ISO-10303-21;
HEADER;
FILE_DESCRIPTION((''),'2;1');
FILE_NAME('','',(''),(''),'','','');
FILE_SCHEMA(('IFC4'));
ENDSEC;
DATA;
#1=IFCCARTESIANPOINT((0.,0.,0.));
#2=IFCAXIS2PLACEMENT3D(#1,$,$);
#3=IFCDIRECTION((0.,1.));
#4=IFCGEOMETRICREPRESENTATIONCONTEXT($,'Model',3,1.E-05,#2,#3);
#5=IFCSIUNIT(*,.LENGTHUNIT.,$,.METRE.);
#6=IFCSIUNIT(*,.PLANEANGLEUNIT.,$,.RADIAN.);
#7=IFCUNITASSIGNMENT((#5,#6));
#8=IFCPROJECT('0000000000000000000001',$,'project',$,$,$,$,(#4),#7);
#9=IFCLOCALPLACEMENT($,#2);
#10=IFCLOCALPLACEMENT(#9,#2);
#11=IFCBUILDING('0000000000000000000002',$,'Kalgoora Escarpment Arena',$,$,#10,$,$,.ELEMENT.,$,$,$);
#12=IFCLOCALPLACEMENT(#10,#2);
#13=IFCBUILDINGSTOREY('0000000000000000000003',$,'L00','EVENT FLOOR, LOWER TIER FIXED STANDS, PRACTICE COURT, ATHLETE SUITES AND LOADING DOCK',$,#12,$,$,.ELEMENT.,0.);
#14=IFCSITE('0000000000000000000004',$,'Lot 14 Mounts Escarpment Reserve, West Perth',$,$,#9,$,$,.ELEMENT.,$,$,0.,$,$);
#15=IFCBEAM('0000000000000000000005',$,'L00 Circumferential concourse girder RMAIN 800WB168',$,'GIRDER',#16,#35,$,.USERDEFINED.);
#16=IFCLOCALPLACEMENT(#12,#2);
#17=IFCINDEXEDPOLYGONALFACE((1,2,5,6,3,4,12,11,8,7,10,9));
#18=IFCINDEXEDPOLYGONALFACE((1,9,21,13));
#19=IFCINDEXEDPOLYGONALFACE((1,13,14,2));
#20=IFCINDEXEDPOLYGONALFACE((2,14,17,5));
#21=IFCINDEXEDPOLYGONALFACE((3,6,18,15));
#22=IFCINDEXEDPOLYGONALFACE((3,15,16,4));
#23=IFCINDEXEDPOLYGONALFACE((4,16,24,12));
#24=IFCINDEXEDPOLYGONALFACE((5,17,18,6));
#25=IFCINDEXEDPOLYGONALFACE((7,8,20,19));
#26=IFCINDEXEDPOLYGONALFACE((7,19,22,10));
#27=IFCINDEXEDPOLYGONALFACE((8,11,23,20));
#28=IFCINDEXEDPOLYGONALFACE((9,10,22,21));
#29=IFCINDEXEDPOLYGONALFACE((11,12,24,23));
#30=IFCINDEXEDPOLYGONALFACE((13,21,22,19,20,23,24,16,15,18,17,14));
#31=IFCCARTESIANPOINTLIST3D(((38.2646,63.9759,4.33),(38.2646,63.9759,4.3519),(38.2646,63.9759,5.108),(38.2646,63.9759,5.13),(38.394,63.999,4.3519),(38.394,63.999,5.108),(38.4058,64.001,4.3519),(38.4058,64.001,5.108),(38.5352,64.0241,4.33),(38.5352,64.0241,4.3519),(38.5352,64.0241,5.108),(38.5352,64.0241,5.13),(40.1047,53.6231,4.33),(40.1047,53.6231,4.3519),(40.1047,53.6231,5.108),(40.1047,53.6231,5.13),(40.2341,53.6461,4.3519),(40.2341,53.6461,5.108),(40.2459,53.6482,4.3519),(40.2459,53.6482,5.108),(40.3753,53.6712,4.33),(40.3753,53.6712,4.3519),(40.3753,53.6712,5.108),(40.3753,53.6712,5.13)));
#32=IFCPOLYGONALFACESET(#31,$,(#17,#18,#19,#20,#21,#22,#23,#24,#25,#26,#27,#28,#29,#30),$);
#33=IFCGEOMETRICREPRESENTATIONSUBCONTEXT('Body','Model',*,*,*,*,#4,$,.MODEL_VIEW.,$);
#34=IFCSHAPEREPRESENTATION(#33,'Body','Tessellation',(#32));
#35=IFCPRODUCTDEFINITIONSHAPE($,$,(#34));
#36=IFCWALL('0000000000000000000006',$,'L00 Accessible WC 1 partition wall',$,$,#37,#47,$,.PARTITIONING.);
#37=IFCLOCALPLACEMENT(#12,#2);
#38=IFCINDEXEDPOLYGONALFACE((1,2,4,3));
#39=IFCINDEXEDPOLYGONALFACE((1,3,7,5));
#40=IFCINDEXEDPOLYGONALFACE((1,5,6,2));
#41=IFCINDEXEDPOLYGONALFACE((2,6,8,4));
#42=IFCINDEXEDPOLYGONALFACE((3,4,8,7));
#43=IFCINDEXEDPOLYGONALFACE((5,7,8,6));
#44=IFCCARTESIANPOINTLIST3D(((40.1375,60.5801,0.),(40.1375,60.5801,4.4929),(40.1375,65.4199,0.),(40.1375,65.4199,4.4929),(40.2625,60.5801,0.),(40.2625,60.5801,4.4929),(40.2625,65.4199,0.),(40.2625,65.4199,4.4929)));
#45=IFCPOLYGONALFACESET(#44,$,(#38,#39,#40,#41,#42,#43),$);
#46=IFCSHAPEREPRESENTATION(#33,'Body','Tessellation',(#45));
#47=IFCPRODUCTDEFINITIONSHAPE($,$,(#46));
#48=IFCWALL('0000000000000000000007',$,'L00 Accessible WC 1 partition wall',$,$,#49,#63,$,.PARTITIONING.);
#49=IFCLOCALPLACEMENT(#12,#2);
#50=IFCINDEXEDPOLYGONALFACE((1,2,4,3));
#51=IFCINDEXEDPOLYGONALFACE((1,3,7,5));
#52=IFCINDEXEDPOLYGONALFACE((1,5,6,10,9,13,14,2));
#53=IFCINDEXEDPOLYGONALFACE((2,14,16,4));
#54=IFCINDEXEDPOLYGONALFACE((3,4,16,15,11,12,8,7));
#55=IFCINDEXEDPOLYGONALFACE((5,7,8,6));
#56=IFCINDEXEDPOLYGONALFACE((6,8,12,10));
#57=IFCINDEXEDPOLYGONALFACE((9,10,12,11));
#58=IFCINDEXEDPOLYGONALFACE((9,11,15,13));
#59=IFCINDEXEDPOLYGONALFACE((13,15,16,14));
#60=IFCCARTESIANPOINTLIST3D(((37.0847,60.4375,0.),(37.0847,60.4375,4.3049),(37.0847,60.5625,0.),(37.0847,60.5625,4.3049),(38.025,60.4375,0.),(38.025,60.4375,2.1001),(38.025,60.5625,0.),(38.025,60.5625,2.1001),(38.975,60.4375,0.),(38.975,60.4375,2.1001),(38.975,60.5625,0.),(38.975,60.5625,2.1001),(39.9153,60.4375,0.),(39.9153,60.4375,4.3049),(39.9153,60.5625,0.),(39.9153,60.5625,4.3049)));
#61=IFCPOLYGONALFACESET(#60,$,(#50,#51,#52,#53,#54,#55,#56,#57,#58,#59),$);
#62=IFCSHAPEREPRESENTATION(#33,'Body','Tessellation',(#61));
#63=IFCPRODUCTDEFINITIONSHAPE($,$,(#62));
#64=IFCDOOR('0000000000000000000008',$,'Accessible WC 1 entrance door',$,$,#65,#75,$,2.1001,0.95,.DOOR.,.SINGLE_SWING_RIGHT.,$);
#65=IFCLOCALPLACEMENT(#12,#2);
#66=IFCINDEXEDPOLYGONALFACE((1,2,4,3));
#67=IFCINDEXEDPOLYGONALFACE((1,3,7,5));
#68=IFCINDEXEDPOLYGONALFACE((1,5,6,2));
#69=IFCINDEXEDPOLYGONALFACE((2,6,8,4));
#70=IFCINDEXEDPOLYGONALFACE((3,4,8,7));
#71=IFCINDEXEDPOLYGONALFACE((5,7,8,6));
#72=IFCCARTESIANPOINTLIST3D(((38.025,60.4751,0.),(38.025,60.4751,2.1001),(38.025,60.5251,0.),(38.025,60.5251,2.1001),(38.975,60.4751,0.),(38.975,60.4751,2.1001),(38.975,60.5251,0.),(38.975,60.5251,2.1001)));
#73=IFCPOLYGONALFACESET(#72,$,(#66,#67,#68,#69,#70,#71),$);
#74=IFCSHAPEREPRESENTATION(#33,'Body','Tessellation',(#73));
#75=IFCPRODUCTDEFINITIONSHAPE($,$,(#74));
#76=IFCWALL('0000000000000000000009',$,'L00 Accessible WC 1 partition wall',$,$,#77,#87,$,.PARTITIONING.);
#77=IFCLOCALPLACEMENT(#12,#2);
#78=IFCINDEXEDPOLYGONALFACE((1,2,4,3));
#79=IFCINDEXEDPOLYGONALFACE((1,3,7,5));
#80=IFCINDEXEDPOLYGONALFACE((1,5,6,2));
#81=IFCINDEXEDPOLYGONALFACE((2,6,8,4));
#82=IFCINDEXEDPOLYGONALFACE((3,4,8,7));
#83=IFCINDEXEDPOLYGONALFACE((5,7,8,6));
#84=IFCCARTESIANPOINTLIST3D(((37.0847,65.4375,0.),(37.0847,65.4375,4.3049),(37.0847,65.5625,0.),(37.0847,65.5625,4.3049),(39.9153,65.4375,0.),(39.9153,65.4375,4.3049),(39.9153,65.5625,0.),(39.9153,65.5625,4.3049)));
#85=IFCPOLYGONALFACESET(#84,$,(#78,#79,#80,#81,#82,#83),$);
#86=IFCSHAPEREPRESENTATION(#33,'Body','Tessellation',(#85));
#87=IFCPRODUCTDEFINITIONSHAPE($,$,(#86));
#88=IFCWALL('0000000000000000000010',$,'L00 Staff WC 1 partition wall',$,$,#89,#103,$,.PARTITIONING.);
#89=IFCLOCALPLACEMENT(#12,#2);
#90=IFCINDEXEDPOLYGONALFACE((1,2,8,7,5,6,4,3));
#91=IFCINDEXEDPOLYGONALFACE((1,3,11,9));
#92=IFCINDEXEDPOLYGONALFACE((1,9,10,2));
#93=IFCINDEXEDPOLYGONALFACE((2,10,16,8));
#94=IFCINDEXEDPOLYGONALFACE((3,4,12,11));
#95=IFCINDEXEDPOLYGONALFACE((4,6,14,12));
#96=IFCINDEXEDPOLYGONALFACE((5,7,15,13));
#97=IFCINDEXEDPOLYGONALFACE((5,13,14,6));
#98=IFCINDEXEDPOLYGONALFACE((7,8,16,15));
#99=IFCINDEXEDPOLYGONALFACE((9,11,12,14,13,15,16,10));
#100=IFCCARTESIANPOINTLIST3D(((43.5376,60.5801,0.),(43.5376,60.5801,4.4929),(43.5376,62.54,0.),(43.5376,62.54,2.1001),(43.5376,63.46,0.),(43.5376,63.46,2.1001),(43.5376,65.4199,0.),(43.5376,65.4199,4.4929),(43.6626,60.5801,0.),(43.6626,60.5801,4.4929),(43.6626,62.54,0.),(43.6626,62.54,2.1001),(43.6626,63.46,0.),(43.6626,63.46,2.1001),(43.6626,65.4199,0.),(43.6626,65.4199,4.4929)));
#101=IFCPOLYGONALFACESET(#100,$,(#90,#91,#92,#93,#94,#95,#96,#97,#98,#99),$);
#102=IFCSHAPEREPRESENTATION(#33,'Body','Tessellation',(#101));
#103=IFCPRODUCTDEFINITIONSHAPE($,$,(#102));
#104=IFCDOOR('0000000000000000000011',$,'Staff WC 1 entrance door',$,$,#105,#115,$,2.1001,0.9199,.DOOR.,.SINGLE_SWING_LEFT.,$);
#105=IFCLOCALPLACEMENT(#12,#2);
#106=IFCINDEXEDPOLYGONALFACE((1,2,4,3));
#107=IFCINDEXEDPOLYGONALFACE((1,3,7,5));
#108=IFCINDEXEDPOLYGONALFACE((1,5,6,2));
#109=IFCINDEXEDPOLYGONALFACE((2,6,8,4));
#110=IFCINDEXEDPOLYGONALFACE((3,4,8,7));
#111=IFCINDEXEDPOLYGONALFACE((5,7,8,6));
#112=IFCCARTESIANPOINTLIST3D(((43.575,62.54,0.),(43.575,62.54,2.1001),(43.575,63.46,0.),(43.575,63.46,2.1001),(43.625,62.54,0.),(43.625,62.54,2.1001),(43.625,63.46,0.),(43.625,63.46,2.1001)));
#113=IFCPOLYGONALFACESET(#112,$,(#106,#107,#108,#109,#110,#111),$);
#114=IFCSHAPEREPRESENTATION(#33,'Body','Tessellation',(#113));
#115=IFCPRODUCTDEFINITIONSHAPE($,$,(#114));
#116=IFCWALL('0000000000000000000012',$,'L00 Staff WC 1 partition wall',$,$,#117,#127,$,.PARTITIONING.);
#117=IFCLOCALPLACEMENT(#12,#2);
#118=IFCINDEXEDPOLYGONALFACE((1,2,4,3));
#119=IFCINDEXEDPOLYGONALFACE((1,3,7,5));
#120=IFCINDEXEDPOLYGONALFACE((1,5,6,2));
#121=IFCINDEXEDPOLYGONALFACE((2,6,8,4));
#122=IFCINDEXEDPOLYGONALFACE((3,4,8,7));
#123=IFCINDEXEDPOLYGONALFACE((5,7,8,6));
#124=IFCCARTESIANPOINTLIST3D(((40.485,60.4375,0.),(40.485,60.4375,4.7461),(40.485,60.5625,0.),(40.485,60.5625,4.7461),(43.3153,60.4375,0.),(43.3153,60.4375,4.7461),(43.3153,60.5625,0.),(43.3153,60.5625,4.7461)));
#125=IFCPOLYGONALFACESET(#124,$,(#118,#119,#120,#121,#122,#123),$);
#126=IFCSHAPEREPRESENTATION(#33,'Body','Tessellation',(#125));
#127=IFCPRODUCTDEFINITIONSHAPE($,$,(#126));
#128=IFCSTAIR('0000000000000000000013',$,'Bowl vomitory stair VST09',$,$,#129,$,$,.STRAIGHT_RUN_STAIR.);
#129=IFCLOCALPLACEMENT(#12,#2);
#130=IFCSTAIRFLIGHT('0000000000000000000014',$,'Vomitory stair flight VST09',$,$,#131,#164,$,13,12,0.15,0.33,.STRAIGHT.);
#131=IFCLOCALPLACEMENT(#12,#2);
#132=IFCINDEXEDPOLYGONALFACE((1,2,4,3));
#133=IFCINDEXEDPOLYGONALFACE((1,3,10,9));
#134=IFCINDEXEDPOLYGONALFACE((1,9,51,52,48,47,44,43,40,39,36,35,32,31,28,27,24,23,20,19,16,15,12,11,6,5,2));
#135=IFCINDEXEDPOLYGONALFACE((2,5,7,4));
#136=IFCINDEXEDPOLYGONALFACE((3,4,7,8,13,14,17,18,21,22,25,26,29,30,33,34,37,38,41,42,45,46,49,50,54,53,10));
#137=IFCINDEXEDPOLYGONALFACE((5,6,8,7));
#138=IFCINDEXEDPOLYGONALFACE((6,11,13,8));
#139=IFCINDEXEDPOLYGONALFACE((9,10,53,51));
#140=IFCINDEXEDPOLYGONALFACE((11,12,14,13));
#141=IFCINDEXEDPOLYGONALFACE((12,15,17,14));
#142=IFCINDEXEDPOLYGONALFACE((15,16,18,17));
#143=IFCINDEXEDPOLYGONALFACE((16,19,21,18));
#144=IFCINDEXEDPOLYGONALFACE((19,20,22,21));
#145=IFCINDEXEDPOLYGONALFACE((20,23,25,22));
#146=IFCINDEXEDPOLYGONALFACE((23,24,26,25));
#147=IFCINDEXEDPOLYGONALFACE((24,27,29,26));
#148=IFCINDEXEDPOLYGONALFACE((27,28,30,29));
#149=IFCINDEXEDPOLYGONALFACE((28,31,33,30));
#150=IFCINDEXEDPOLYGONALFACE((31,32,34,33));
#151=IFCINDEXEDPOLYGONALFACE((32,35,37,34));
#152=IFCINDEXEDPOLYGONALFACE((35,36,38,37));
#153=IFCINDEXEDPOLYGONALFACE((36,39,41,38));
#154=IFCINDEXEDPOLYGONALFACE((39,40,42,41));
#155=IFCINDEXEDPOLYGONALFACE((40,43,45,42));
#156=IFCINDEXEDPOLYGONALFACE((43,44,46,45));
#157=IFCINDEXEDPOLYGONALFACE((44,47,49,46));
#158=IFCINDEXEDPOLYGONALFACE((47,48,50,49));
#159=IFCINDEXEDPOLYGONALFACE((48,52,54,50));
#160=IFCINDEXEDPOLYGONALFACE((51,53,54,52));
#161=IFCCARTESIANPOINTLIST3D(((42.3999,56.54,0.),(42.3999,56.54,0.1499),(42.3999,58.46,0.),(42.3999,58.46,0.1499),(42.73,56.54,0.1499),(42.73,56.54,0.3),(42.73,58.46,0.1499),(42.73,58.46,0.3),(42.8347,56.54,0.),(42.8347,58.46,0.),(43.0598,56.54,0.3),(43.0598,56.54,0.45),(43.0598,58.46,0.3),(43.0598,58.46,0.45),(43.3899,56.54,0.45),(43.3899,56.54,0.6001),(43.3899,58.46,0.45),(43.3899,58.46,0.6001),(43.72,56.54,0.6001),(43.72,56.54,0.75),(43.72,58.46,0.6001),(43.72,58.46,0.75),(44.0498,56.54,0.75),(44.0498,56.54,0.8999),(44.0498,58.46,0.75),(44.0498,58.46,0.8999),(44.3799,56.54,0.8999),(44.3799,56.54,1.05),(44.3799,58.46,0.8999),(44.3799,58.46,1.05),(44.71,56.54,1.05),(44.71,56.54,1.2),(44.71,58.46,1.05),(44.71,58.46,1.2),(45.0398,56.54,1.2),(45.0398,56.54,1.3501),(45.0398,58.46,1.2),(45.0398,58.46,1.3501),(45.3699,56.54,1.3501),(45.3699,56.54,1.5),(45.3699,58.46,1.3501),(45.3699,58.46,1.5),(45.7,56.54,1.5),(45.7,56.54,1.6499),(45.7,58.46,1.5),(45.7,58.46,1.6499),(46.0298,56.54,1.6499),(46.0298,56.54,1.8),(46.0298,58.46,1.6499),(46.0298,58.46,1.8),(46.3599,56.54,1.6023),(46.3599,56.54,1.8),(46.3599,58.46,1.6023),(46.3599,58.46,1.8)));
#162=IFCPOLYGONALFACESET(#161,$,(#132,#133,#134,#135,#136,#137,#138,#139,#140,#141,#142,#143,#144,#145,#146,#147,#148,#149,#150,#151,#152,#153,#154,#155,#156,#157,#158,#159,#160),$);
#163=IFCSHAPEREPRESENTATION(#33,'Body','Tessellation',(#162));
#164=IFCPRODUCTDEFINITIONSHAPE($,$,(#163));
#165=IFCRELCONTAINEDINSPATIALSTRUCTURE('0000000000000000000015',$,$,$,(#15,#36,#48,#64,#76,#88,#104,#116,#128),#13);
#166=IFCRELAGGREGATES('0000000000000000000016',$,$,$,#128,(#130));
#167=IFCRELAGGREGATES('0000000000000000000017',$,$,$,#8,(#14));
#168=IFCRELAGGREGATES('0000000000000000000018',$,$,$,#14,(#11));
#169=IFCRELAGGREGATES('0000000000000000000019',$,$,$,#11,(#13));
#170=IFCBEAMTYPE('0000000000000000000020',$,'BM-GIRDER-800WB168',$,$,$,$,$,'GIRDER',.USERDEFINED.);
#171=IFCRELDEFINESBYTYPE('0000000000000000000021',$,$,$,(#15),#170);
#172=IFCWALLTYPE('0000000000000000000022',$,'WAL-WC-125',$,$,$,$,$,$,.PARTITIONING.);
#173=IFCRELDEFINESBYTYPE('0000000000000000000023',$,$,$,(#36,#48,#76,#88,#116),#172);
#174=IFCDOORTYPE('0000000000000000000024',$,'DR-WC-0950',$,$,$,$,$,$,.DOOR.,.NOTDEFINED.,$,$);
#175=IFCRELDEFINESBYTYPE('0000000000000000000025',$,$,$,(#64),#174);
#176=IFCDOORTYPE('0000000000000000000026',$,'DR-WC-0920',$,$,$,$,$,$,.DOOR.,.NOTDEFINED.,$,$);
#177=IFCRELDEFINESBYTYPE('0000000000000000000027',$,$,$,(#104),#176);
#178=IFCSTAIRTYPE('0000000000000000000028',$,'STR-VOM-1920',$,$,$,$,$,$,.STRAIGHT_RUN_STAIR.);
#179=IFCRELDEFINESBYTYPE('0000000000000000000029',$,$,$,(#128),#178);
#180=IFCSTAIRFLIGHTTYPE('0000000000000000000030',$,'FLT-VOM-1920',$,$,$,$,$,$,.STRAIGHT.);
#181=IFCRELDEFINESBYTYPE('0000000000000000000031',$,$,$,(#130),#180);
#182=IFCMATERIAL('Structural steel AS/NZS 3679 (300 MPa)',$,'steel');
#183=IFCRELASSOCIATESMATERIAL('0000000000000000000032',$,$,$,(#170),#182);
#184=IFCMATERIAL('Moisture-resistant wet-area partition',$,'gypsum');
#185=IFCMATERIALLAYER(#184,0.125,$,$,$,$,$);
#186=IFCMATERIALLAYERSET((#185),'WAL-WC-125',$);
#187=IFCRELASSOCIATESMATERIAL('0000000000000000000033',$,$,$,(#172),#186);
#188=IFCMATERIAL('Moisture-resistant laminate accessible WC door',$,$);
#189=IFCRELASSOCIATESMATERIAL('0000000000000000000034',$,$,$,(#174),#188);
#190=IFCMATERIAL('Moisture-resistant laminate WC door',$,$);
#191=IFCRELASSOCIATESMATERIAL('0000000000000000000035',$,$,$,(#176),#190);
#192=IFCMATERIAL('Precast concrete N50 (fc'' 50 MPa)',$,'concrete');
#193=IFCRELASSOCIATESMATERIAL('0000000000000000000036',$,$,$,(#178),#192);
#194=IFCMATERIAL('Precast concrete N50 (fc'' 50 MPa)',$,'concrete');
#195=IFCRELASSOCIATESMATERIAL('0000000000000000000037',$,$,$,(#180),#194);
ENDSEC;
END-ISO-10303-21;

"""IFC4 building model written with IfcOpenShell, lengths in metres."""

from ifc_helpers import new_model, si_unit, direction, frame, frame_2d, origin, origin_2d, place, context, subcontext, project, spatial, polyline, rectangle, i_section, outline, extrude, material, layer, layer_set, material_profile, profile_set, type_object, element, fill, aggregate, save


model = new_model("IFC4")

# Units and contexts
model_context = context("Model", 3, precision=1e-05, world=origin(), true_north=direction((0.0, 1.0)))
body_context = subcontext(model_context, "Body", "Model", "MODEL_VIEW")
ifc_project = project(units=[si_unit("LENGTHUNIT", "METRE"), si_unit("PLANEANGLEUNIT", "RADIAN")], contexts=[model_context])

# Site, building, storey
site_placement = place(None, origin())
site = spatial("IfcSite", under=ifc_project, at=site_placement, Name="Lot 14 Mounts Escarpment Reserve, West Perth", CompositionType="ELEMENT", RefElevation=0.0)
building_placement = place(site_placement, origin())
building = spatial("IfcBuilding", under=site, at=building_placement, Name="Kalgoora Escarpment Arena", CompositionType="ELEMENT")
storey_placement = place(building_placement, origin())
storey = spatial("IfcBuildingStorey", under=building, at=storey_placement, Name="L00", Description="EVENT FLOOR, LOWER TIER FIXED STANDS, PRACTICE COURT, ATHLETE SUITES AND LOADING DOCK", CompositionType="ELEMENT", Elevation=0.0)

# Beam
ifc_material_1 = material(Name="Structural steel AS/NZS 3679 (300 MPa)", Category="steel")
ifc_material_profile_1 = material_profile(ifc_material_1, i_section(OverallWidth=0.2749, OverallDepth=0.8, WebThickness=0.012, FlangeThickness=0.022, at=origin_2d()))
ifc_profile_set_1 = profile_set([ifc_material_profile_1], Name="Structural steel AS/NZS 3679 (300 MPa)")
beam_type_1 = type_object("IfcBeamType", Name="BM-GIRDER-800WB168", ElementType="GIRDER", PredefinedType="USERDEFINED", material=ifc_profile_set_1)
beam_1_placement = place(storey_placement, frame((38.3999, 64.0, 4.73), z_axis=(0.174996, -0.984569, 0.0), x_axis=(0.984569, 0.174996, 0.0)))
element("IfcBeam", 1, at=beam_1_placement, inside=storey, type_object=beam_type_1, Name="L00 Circumferential concourse girder RMAIN 800WB168", ObjectType="GIRDER", PredefinedType="USERDEFINED", context=body_context, shape_type="SweptSolid", body=[
    extrude(i_section(OverallWidth=0.2749, OverallDepth=0.8, WebThickness=0.012, FlangeThickness=0.022, at=origin_2d()), origin(), (0.0, 0.0, 1.0), 10.5151),
])

# Wall
ifc_material_2 = material(Name="Moisture-resistant wet-area partition", Category="gypsum")
ifc_layer = layer(ifc_material_2, 0.125)
ifc_layer_set = layer_set([ifc_layer], Name="WAL-WC-125")
wall_type = type_object("IfcWallType", Name="WAL-WC-125", PredefinedType="PARTITIONING", material=ifc_layer_set)
wall_1_placement = place(storey_placement, frame((40.2, 65.4199, 0.0), z_axis=(0.0, 0.0, 1.0), x_axis=(0.0, -1.0, 0.0)))
element("IfcWall", 2, at=wall_1_placement, inside=storey, type_object=wall_type, Name="L00 Accessible WC 1 partition wall", PredefinedType="PARTITIONING", context=body_context, shape_type="SweptSolid", body=[
    extrude(rectangle(XDim=4.8398, YDim=0.125, at=frame_2d((2.4199, 0.0))), origin(), (0.0, 0.0, 1.0), 4.4929),
])

# Wall, opening, door
wall_2_placement = place(storey_placement, frame((39.9153, 60.5, 0.0), z_axis=(0.0, 0.0, 1.0), x_axis=(-1.0, 0.0, 0.0)))
wall_2 = element("IfcWall", 3, at=wall_2_placement, inside=storey, type_object=wall_type, Name="L00 Accessible WC 1 partition wall", PredefinedType="PARTITIONING", context=body_context, shape_type="SweptSolid", body=[
    extrude(rectangle(XDim=2.8306, YDim=0.125, at=frame_2d((1.4153, 0.0))), origin(), (0.0, 0.0, 1.0), 4.3049),
])
opening_1_placement = place(wall_2_placement, frame((0.9402, 0.0, 0.0)))
opening_1 = element("IfcOpeningElement", 4, at=opening_1_placement, cuts=wall_2, PredefinedType="OPENING", context=body_context, shape_type="SweptSolid", body=[
    extrude(rectangle(XDim=0.95, YDim=2.1001, at=frame_2d((0.4751, 1.05))), frame((0.0, 0.0725, 0.0), z_axis=(0.0, -1.0, 0.0), x_axis=(1.0, 0.0, 0.0)), (0.0, 0.0, 1.0), 0.145),
])
ifc_material_3 = material(Name="Moisture-resistant laminate accessible WC door")
door_type_1 = type_object("IfcDoorType", Name="DR-WC-0950", OperationType="NOTDEFINED", PredefinedType="DOOR", material=ifc_material_3)
door_1_placement = place(opening_1_placement, origin())
door_1 = element("IfcDoor", 5, at=door_1_placement, inside=storey, type_object=door_type_1, Name="Accessible WC 1 entrance door", OperationType="SINGLE_SWING_RIGHT", OverallHeight=2.1001, OverallWidth=0.95, PredefinedType="DOOR", context=body_context, shape_type="SweptSolid", body=[
    extrude(rectangle(XDim=0.95, YDim=2.1001, at=frame_2d((0.4751, 1.05))), frame((0.0, 0.0249, 0.0), z_axis=(0.0, -1.0, 0.0), x_axis=(1.0, 0.0, 0.0)), (0.0, 0.0, 1.0), 0.05),
])
fill(opening_1, door_1)

# Wall
wall_3_placement = place(storey_placement, frame((37.0847, 65.5, 0.0), z_axis=(0.0, 0.0, 1.0), x_axis=(1.0, 0.0, 0.0)))
element("IfcWall", 6, at=wall_3_placement, inside=storey, type_object=wall_type, Name="L00 Accessible WC 1 partition wall", PredefinedType="PARTITIONING", context=body_context, shape_type="SweptSolid", body=[
    extrude(rectangle(XDim=2.8306, YDim=0.125, at=frame_2d((1.4153, 0.0))), origin(), (0.0, 0.0, 1.0), 4.3049),
])

# Wall, opening, door
wall_4_placement = place(storey_placement, frame((43.6001, 65.4199, 0.0), z_axis=(0.0, 0.0, 1.0), x_axis=(0.0, -1.0, 0.0)))
wall_4 = element("IfcWall", 7, at=wall_4_placement, inside=storey, type_object=wall_type, Name="L00 Staff WC 1 partition wall", PredefinedType="PARTITIONING", context=body_context, shape_type="SweptSolid", body=[
    extrude(rectangle(XDim=4.8398, YDim=0.125, at=frame_2d((2.4199, 0.0))), origin(), (0.0, 0.0, 1.0), 4.4929),
])
opening_2_placement = place(wall_4_placement, frame((1.96, 0.0, 0.0)))
opening_2 = element("IfcOpeningElement", 8, at=opening_2_placement, cuts=wall_4, PredefinedType="OPENING", context=body_context, shape_type="SweptSolid", body=[
    extrude(rectangle(XDim=0.9199, YDim=2.1001, at=frame_2d((0.46, 1.05))), frame((0.0, 0.0725, 0.0), z_axis=(0.0, -1.0, 0.0), x_axis=(1.0, 0.0, 0.0)), (0.0, 0.0, 1.0), 0.145),
])
ifc_material_4 = material(Name="Moisture-resistant laminate WC door")
door_type_2 = type_object("IfcDoorType", Name="DR-WC-0920", OperationType="NOTDEFINED", PredefinedType="DOOR", material=ifc_material_4)
door_2_placement = place(opening_2_placement, origin())
door_2 = element("IfcDoor", 9, at=door_2_placement, inside=storey, type_object=door_type_2, Name="Staff WC 1 entrance door", OperationType="SINGLE_SWING_LEFT", OverallHeight=2.1001, OverallWidth=0.9199, PredefinedType="DOOR", context=body_context, shape_type="SweptSolid", body=[
    extrude(rectangle(XDim=0.9199, YDim=2.1001, at=frame_2d((0.46, 1.05))), frame((0.0, 0.0249, 0.0), z_axis=(0.0, -1.0, 0.0), x_axis=(1.0, 0.0, 0.0)), (0.0, 0.0, 1.0), 0.05),
])
fill(opening_2, door_2)

# Wall
for number, where, z_axis, x_axis, name in (
    (10, (43.3152, 60.5, 0.0), (0.0, 0.0, 1.0), (-1.0, 0.0, 0.0), "L00 Staff WC 1 partition wall"),
):
    element("IfcWall", number, at=place(storey_placement, frame(where, z_axis=z_axis, x_axis=x_axis)), inside=storey, type_object=wall_type, Name=name, PredefinedType="PARTITIONING", context=body_context, shape_type="SweptSolid", body=[
        extrude(rectangle(XDim=2.8303, YDim=0.125, at=frame_2d((1.415, 0.0))), origin(), (0.0, 0.0, 1.0), 4.7461),
    ])

# Stair, stair flight
ifc_material_5 = material(Name="Precast concrete N50 (fc' 50 MPa)", Category="concrete")
stair_type = type_object("IfcStairType", Name="STR-VOM-1920", PredefinedType="STRAIGHT_RUN_STAIR", material=ifc_material_5)
stair_1_placement = place(storey_placement, origin())
stair_1 = element("IfcStair", 11, at=stair_1_placement, inside=storey, type_object=stair_type, Name="Bowl vomitory stair VST09", PredefinedType="STRAIGHT_RUN_STAIR")
ifc_material_6 = material(Name="Precast concrete N50 (fc' 50 MPa)", Category="concrete")
stair_flight_type = type_object("IfcStairFlightType", Name="FLT-VOM-1920", PredefinedType="STRAIGHT", material=ifc_material_6)
stair_flight_1_placement = place(storey_placement, frame((42.3999, 57.5, 0.0), z_axis=(0.0, 0.0, 1.0), x_axis=(1.0, 0.0, 0.0)))
stair_flight_1 = element("IfcStairFlight", 12, at=stair_flight_1_placement, type_object=stair_flight_type, Name="Vomitory stair flight VST09", NumberOfRisers=13, NumberOfTreads=12, PredefinedType="STRAIGHT", RiserHeight=0.15, TreadLength=0.33, context=body_context, shape_type="SweptSolid", body=[
    extrude(outline(polyline([(0.0, 0.0), (0.0, 0.1499), (0.3301, 0.1499), (0.3301, 0.3), (0.6599, 0.3), (0.6599, 0.45), (0.99, 0.45), (0.99, 0.6001), (1.3201, 0.6001), (1.3201, 0.75), (1.6499, 0.75), (1.6499, 0.8999), (1.98, 0.8999), (1.98, 1.05), (2.3101, 1.05), (2.3101, 1.2), (2.6399, 1.2), (2.6399, 1.3501), (2.97, 1.3501), (2.97, 1.5), (3.3, 1.5), (3.3, 1.6499), (3.6299, 1.6499), (3.6299, 1.8), (3.96, 1.8), (3.96, 1.95), (3.96, 1.6023), (0.4348, 0.0), (0.0, 0.0)])), frame((0.0, 0.96, 0.0), z_axis=(0.0, -1.0, 0.0), x_axis=(1.0, 0.0, 0.0)), (0.0, 0.0, 1.0), 1.9199),
])
aggregate(stair_1, [stair_flight_1])

save(model, "model.ifc")
